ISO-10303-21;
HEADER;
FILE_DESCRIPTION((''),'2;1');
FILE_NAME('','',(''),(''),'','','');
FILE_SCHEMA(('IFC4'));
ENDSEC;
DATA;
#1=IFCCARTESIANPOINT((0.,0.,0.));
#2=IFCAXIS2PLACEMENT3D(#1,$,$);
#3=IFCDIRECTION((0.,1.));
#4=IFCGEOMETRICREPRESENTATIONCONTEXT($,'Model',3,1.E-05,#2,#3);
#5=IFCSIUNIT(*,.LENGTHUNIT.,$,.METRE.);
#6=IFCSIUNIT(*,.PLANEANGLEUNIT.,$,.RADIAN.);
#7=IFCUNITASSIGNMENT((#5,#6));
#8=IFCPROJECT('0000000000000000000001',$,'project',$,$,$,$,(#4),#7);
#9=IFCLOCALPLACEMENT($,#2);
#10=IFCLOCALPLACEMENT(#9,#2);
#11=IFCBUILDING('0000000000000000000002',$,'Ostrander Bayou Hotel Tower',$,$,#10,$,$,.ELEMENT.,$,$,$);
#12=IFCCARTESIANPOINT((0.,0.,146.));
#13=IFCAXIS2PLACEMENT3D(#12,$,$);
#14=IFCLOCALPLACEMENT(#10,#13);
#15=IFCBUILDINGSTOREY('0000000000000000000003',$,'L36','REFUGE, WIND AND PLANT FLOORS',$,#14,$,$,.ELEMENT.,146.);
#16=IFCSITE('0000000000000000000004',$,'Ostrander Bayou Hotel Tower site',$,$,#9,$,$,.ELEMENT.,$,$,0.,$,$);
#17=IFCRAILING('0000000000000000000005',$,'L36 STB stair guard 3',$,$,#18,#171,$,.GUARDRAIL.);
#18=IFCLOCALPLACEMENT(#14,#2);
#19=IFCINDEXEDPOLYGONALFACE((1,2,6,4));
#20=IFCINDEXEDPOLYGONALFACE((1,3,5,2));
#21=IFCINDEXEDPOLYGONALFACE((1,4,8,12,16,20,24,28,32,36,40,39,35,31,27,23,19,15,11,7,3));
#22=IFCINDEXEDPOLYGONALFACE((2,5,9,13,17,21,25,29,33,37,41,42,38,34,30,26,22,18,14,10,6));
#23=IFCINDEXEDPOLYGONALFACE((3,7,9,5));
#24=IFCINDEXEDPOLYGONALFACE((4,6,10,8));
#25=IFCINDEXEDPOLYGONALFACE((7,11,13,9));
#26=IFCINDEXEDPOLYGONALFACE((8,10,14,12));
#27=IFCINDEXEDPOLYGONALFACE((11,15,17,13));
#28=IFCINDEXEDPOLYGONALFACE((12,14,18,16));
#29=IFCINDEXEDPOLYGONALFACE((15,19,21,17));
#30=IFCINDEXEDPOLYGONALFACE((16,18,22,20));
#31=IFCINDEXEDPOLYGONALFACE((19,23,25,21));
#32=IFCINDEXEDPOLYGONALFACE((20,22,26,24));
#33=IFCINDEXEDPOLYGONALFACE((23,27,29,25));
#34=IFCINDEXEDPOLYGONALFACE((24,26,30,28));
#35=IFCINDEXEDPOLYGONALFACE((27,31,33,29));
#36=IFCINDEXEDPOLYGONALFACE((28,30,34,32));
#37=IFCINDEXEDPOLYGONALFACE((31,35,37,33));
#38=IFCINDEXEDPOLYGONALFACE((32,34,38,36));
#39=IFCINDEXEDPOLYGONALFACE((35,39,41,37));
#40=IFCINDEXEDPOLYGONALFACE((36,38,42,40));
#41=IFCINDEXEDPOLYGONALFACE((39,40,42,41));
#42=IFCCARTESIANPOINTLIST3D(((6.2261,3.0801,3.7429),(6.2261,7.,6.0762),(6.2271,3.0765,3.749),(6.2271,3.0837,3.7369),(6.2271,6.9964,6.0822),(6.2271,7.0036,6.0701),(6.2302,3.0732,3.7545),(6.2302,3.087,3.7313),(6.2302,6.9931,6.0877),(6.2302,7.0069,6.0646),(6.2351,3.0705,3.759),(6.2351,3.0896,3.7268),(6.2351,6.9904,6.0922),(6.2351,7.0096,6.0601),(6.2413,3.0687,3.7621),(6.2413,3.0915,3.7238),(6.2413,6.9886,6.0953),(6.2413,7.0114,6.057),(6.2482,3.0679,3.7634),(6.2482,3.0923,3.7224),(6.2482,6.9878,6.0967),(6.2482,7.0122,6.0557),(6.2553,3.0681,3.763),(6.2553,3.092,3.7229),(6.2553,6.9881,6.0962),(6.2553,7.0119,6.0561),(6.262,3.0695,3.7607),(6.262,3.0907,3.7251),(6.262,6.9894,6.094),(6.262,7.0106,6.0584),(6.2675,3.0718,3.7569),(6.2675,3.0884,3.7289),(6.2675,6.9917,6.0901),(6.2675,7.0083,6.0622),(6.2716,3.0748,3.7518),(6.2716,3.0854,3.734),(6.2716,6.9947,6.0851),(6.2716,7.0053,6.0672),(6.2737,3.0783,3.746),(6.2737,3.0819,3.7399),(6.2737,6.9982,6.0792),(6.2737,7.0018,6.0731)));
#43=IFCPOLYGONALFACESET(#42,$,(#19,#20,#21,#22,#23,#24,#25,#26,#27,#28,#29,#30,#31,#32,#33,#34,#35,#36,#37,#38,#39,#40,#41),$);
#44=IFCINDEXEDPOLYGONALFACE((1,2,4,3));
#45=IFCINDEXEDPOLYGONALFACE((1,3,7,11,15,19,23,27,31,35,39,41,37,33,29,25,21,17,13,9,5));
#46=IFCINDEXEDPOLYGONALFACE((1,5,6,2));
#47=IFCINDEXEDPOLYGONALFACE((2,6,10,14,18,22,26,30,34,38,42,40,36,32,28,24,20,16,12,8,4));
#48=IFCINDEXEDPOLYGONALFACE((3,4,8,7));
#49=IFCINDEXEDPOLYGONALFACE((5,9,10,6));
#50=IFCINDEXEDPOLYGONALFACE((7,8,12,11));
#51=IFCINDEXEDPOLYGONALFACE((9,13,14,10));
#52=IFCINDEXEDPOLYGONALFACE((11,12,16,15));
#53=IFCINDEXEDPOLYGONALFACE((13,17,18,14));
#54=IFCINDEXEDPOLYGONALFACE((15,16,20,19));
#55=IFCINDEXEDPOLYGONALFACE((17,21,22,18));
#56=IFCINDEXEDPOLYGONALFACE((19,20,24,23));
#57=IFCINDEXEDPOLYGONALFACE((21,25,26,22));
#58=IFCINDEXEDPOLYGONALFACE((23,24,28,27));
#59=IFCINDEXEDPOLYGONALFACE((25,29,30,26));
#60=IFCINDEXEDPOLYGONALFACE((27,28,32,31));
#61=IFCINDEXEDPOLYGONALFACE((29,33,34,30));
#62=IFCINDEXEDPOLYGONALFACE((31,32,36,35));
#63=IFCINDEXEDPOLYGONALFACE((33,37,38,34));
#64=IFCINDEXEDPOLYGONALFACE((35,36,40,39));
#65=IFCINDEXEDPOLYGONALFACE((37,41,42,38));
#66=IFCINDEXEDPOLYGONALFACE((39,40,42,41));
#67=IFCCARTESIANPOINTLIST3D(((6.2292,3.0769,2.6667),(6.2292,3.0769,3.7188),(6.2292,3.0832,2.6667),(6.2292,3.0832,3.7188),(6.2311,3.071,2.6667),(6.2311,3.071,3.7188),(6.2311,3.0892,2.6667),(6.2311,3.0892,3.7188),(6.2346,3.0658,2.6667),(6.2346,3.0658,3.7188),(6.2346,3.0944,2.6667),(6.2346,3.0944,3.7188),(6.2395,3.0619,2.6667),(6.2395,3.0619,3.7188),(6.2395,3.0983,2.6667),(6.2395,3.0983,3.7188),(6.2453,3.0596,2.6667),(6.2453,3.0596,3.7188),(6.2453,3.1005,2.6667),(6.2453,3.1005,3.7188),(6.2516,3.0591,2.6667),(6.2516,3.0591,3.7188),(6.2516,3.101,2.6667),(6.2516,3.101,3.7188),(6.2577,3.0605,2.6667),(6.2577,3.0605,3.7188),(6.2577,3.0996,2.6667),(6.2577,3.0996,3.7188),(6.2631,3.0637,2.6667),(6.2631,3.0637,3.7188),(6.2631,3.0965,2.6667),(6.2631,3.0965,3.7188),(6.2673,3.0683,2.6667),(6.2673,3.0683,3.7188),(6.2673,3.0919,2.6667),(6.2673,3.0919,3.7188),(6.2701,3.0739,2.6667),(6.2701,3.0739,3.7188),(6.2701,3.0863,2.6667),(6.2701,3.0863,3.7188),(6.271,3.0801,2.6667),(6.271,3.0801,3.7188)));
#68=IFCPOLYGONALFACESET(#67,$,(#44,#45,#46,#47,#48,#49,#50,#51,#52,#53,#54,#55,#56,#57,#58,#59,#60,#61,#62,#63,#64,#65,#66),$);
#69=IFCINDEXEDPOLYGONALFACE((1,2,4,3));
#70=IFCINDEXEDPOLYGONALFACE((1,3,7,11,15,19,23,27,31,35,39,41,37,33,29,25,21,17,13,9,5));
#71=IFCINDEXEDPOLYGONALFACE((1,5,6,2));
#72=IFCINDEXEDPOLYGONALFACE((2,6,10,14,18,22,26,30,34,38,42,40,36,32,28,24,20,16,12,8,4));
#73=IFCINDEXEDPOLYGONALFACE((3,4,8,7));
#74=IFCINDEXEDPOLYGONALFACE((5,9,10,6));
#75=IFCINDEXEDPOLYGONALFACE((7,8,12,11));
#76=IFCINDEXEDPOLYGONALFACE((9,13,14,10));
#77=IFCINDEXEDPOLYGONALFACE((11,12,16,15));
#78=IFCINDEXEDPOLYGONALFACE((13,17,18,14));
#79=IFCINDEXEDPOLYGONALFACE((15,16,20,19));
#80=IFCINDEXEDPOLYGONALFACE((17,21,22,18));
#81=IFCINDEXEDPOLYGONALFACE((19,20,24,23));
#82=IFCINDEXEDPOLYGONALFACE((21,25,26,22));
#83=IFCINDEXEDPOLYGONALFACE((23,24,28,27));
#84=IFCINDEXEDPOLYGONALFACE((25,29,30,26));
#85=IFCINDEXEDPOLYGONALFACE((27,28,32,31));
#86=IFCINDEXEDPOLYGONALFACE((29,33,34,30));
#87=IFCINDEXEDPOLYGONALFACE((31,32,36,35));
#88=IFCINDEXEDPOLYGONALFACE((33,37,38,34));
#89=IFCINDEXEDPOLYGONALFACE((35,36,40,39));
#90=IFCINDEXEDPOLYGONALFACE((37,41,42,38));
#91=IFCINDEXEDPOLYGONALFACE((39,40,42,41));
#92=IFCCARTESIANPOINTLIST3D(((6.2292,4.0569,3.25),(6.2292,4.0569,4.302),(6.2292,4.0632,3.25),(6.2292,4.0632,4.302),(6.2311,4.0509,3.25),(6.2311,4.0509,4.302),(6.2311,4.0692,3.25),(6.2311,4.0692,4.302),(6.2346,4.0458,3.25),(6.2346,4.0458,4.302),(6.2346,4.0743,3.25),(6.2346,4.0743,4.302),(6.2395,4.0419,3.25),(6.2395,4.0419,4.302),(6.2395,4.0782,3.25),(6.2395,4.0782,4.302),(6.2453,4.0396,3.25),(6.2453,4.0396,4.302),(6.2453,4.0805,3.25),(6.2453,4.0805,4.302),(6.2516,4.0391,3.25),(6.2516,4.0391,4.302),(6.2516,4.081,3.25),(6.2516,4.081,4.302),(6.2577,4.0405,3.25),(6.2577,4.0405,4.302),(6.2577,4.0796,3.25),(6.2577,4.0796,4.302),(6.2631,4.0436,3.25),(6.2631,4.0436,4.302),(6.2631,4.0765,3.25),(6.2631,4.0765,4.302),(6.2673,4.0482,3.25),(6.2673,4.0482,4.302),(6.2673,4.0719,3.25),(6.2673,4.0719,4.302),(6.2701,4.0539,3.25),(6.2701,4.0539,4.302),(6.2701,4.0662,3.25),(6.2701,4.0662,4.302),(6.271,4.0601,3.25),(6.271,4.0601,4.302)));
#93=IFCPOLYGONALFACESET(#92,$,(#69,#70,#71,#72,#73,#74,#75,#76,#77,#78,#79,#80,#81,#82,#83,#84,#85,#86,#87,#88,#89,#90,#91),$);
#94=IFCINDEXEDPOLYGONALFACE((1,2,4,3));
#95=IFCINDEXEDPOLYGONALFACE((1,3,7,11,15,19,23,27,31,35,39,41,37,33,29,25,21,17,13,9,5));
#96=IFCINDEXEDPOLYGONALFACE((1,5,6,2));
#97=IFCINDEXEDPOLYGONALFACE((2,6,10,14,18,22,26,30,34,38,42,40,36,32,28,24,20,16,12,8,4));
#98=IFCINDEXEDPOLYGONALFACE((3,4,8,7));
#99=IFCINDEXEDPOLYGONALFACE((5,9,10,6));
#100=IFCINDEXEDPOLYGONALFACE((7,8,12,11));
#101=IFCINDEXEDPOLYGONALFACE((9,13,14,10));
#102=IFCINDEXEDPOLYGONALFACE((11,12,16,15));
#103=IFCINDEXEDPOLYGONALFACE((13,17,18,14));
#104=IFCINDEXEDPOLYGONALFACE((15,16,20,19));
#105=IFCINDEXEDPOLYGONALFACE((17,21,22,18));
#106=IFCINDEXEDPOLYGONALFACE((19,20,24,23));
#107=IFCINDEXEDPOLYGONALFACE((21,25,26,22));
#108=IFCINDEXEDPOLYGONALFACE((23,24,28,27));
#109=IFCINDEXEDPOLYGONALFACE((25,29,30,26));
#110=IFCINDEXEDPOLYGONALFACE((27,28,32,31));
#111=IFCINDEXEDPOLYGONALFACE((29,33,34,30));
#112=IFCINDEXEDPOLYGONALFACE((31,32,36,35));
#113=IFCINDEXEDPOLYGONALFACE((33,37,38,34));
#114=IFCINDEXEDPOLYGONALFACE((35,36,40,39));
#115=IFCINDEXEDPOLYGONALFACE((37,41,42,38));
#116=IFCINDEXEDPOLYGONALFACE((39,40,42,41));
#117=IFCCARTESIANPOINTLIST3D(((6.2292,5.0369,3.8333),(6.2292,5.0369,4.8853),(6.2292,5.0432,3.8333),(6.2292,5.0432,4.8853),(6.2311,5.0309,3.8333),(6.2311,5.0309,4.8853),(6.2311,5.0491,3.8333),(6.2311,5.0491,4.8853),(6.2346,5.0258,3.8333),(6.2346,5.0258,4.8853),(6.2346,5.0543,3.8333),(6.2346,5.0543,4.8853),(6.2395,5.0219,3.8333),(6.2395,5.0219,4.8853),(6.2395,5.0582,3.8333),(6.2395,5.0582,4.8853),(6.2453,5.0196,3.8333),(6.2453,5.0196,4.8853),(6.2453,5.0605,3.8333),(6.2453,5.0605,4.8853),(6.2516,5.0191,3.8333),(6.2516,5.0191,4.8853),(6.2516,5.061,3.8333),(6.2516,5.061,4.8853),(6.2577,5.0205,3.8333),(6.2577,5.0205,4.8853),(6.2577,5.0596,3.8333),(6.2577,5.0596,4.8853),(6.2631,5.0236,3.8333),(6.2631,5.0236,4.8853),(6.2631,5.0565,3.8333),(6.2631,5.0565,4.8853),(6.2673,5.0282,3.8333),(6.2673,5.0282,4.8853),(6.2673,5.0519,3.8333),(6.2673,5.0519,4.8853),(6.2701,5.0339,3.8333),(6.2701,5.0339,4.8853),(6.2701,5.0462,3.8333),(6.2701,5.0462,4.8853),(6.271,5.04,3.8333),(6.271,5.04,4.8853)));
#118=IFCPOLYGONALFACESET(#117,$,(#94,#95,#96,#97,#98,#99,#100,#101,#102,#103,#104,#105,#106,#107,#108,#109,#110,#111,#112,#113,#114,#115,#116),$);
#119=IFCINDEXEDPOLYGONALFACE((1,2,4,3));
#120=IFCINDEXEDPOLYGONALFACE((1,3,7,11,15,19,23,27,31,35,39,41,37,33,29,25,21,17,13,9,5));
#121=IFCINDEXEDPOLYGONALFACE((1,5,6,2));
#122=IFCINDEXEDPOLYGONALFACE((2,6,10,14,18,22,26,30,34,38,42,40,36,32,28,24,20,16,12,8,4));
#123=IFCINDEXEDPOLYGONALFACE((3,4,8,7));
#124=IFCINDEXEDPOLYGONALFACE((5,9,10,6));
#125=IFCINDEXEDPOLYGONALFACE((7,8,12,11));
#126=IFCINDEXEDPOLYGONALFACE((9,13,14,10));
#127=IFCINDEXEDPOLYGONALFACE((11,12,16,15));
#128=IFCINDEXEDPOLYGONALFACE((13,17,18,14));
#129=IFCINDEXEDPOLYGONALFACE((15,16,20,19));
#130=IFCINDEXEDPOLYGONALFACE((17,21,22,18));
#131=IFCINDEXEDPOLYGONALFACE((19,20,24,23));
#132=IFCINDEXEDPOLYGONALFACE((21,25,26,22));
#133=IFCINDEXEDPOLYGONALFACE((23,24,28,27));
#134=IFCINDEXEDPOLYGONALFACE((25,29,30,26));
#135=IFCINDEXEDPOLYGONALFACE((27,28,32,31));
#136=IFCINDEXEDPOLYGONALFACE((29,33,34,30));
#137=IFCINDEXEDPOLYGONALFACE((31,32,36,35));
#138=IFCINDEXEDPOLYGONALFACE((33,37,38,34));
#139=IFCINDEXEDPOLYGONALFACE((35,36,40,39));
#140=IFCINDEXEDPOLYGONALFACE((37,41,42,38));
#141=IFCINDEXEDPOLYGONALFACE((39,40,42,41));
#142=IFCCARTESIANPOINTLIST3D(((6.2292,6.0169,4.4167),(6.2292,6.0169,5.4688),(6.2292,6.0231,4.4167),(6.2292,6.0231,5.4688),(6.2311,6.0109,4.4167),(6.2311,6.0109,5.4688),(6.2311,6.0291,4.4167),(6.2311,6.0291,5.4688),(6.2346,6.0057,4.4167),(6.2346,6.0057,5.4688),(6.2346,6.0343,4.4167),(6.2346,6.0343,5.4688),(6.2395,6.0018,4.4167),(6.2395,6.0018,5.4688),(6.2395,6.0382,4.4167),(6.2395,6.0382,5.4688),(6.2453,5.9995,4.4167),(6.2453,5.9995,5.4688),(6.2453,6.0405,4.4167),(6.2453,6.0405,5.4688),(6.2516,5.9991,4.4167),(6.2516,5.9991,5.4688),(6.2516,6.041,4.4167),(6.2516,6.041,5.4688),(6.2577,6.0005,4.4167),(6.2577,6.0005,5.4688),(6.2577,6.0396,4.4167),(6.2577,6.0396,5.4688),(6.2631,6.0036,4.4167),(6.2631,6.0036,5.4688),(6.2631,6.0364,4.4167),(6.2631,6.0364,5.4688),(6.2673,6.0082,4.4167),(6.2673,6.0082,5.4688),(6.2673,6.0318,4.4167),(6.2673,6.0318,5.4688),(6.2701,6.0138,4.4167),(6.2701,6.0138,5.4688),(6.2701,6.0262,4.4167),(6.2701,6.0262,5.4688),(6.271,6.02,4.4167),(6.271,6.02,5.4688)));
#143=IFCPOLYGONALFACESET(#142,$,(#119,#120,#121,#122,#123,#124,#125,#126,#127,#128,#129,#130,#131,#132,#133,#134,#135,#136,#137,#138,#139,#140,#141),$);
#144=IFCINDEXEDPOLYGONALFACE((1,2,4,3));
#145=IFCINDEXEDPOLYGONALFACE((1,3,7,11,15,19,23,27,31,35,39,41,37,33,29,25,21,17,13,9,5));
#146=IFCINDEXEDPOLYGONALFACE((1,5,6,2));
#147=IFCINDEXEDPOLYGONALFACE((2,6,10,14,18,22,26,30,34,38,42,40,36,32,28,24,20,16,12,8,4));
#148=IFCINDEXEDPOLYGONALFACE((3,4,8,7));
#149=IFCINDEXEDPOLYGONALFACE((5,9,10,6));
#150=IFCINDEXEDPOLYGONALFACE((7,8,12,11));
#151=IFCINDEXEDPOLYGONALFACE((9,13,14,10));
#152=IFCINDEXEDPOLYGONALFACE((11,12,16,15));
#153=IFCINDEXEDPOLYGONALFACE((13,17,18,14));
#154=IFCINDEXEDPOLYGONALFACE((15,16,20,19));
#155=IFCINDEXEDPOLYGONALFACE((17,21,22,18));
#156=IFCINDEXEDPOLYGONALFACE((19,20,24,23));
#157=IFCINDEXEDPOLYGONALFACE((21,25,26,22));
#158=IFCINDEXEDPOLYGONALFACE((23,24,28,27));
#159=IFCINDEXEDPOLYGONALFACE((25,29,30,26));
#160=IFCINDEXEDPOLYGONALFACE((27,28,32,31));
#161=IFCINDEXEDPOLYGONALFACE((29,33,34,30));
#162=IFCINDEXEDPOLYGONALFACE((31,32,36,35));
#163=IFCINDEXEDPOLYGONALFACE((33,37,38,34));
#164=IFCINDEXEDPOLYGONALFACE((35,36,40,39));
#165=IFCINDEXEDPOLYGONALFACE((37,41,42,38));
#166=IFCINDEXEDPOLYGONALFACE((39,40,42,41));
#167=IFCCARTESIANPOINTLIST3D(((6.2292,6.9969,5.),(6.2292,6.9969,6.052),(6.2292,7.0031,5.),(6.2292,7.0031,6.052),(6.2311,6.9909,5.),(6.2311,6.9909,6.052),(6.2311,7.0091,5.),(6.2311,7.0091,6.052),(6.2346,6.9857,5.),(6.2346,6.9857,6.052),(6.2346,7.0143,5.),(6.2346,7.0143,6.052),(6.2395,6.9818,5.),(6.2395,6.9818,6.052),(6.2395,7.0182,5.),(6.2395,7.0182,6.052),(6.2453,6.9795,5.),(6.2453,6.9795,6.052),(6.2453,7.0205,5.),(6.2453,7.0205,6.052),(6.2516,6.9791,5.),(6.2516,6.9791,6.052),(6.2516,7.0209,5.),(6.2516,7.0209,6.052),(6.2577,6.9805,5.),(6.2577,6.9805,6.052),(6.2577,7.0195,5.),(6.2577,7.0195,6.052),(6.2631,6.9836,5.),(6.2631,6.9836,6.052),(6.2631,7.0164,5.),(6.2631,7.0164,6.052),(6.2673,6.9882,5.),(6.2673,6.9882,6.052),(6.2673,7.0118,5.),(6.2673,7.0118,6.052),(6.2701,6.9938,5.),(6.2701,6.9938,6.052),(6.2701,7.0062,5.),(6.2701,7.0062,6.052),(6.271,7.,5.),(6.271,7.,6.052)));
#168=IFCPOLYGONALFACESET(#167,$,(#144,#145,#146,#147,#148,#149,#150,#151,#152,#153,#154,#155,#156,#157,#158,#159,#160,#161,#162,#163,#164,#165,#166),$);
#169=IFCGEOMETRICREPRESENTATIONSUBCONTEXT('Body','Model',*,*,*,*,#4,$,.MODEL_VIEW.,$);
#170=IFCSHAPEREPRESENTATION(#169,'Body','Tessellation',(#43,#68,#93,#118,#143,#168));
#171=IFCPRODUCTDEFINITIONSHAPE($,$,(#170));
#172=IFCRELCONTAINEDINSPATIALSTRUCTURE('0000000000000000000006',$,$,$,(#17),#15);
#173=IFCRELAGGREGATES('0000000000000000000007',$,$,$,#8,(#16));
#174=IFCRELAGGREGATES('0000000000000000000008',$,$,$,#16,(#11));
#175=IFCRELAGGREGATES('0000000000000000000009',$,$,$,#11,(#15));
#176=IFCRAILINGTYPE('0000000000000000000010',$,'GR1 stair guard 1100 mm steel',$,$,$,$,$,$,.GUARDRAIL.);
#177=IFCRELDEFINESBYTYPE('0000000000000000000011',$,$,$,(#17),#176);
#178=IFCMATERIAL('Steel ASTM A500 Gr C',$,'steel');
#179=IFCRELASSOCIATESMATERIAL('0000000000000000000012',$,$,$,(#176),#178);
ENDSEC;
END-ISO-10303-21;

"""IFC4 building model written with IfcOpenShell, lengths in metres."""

from ifc_helpers import new_model, si_unit, direction, frame, origin, origin_2d, place, context, subcontext, project, spatial, circle, extrude, material, type_object, element, save


model = new_model("IFC4")

# Units and contexts
model_context = context("Model", 3, precision=1e-05, world=origin(), true_north=direction((0.0, 1.0)))
body_context = subcontext(model_context, "Body", "Model", "MODEL_VIEW")
ifc_project = project(units=[si_unit("LENGTHUNIT", "METRE"), si_unit("PLANEANGLEUNIT", "RADIAN")], contexts=[model_context])

# Site, building, storey
site_placement = place(None, origin())
site = spatial("IfcSite", under=ifc_project, at=site_placement, Name="Ostrander Bayou Hotel Tower site", CompositionType="ELEMENT", RefElevation=0.0)
building_placement = place(site_placement, origin())
building = spatial("IfcBuilding", under=site, at=building_placement, Name="Ostrander Bayou Hotel Tower", CompositionType="ELEMENT")
storey_placement = place(building_placement, frame((0.0, 0.0, 146.0)))
storey = spatial("IfcBuildingStorey", under=building, at=storey_placement, Name="L36", Description="REFUGE, WIND AND PLANT FLOORS", CompositionType="ELEMENT", Elevation=146.0)

# Railing
ifc_material_1 = material(Name="Steel ASTM A500 Gr C", Category="steel")
railing_type_1 = type_object("IfcRailingType", Name="GR1 stair guard 1100 mm steel", PredefinedType="GUARDRAIL", material=ifc_material_1)
railing_1_placement = place(storey_placement, frame((6.25, 3.0801, 2.6667)))
element("IfcRailing", 1, at=railing_1_placement, inside=storey, type_object=railing_type_1, Name="L36 STB stair guard 3", PredefinedType="GUARDRAIL", context=body_context, shape_type="SweptSolid", body=[
    extrude(circle(Radius=0.0239, at=origin_2d()), frame((0.0, 0.0, 1.0762), z_axis=(0.0, 0.859296, 0.511478), x_axis=(-1.0, 0.0, 0.0)), (0.0, 0.0, 1.0), 4.5618),
    extrude(circle(Radius=0.021, at=origin_2d()), origin(), (0.0, 0.0, 1.0), 1.052),
    extrude(circle(Radius=0.021, at=origin_2d()), frame((0.0, 0.98, 0.5833)), (0.0, 0.0, 1.0), 1.052),
    extrude(circle(Radius=0.021, at=origin_2d()), frame((0.0, 1.96, 1.1665)), (0.0, 0.0, 1.0), 1.052),
    extrude(circle(Radius=0.021, at=origin_2d()), frame((0.0, 2.9399, 1.75)), (0.0, 0.0, 1.0), 1.052),
    extrude(circle(Radius=0.021, at=origin_2d()), frame((0.0, 3.9199, 2.3333)), (0.0, 0.0, 1.0), 1.052),
])

save(model, "model.ifc")
